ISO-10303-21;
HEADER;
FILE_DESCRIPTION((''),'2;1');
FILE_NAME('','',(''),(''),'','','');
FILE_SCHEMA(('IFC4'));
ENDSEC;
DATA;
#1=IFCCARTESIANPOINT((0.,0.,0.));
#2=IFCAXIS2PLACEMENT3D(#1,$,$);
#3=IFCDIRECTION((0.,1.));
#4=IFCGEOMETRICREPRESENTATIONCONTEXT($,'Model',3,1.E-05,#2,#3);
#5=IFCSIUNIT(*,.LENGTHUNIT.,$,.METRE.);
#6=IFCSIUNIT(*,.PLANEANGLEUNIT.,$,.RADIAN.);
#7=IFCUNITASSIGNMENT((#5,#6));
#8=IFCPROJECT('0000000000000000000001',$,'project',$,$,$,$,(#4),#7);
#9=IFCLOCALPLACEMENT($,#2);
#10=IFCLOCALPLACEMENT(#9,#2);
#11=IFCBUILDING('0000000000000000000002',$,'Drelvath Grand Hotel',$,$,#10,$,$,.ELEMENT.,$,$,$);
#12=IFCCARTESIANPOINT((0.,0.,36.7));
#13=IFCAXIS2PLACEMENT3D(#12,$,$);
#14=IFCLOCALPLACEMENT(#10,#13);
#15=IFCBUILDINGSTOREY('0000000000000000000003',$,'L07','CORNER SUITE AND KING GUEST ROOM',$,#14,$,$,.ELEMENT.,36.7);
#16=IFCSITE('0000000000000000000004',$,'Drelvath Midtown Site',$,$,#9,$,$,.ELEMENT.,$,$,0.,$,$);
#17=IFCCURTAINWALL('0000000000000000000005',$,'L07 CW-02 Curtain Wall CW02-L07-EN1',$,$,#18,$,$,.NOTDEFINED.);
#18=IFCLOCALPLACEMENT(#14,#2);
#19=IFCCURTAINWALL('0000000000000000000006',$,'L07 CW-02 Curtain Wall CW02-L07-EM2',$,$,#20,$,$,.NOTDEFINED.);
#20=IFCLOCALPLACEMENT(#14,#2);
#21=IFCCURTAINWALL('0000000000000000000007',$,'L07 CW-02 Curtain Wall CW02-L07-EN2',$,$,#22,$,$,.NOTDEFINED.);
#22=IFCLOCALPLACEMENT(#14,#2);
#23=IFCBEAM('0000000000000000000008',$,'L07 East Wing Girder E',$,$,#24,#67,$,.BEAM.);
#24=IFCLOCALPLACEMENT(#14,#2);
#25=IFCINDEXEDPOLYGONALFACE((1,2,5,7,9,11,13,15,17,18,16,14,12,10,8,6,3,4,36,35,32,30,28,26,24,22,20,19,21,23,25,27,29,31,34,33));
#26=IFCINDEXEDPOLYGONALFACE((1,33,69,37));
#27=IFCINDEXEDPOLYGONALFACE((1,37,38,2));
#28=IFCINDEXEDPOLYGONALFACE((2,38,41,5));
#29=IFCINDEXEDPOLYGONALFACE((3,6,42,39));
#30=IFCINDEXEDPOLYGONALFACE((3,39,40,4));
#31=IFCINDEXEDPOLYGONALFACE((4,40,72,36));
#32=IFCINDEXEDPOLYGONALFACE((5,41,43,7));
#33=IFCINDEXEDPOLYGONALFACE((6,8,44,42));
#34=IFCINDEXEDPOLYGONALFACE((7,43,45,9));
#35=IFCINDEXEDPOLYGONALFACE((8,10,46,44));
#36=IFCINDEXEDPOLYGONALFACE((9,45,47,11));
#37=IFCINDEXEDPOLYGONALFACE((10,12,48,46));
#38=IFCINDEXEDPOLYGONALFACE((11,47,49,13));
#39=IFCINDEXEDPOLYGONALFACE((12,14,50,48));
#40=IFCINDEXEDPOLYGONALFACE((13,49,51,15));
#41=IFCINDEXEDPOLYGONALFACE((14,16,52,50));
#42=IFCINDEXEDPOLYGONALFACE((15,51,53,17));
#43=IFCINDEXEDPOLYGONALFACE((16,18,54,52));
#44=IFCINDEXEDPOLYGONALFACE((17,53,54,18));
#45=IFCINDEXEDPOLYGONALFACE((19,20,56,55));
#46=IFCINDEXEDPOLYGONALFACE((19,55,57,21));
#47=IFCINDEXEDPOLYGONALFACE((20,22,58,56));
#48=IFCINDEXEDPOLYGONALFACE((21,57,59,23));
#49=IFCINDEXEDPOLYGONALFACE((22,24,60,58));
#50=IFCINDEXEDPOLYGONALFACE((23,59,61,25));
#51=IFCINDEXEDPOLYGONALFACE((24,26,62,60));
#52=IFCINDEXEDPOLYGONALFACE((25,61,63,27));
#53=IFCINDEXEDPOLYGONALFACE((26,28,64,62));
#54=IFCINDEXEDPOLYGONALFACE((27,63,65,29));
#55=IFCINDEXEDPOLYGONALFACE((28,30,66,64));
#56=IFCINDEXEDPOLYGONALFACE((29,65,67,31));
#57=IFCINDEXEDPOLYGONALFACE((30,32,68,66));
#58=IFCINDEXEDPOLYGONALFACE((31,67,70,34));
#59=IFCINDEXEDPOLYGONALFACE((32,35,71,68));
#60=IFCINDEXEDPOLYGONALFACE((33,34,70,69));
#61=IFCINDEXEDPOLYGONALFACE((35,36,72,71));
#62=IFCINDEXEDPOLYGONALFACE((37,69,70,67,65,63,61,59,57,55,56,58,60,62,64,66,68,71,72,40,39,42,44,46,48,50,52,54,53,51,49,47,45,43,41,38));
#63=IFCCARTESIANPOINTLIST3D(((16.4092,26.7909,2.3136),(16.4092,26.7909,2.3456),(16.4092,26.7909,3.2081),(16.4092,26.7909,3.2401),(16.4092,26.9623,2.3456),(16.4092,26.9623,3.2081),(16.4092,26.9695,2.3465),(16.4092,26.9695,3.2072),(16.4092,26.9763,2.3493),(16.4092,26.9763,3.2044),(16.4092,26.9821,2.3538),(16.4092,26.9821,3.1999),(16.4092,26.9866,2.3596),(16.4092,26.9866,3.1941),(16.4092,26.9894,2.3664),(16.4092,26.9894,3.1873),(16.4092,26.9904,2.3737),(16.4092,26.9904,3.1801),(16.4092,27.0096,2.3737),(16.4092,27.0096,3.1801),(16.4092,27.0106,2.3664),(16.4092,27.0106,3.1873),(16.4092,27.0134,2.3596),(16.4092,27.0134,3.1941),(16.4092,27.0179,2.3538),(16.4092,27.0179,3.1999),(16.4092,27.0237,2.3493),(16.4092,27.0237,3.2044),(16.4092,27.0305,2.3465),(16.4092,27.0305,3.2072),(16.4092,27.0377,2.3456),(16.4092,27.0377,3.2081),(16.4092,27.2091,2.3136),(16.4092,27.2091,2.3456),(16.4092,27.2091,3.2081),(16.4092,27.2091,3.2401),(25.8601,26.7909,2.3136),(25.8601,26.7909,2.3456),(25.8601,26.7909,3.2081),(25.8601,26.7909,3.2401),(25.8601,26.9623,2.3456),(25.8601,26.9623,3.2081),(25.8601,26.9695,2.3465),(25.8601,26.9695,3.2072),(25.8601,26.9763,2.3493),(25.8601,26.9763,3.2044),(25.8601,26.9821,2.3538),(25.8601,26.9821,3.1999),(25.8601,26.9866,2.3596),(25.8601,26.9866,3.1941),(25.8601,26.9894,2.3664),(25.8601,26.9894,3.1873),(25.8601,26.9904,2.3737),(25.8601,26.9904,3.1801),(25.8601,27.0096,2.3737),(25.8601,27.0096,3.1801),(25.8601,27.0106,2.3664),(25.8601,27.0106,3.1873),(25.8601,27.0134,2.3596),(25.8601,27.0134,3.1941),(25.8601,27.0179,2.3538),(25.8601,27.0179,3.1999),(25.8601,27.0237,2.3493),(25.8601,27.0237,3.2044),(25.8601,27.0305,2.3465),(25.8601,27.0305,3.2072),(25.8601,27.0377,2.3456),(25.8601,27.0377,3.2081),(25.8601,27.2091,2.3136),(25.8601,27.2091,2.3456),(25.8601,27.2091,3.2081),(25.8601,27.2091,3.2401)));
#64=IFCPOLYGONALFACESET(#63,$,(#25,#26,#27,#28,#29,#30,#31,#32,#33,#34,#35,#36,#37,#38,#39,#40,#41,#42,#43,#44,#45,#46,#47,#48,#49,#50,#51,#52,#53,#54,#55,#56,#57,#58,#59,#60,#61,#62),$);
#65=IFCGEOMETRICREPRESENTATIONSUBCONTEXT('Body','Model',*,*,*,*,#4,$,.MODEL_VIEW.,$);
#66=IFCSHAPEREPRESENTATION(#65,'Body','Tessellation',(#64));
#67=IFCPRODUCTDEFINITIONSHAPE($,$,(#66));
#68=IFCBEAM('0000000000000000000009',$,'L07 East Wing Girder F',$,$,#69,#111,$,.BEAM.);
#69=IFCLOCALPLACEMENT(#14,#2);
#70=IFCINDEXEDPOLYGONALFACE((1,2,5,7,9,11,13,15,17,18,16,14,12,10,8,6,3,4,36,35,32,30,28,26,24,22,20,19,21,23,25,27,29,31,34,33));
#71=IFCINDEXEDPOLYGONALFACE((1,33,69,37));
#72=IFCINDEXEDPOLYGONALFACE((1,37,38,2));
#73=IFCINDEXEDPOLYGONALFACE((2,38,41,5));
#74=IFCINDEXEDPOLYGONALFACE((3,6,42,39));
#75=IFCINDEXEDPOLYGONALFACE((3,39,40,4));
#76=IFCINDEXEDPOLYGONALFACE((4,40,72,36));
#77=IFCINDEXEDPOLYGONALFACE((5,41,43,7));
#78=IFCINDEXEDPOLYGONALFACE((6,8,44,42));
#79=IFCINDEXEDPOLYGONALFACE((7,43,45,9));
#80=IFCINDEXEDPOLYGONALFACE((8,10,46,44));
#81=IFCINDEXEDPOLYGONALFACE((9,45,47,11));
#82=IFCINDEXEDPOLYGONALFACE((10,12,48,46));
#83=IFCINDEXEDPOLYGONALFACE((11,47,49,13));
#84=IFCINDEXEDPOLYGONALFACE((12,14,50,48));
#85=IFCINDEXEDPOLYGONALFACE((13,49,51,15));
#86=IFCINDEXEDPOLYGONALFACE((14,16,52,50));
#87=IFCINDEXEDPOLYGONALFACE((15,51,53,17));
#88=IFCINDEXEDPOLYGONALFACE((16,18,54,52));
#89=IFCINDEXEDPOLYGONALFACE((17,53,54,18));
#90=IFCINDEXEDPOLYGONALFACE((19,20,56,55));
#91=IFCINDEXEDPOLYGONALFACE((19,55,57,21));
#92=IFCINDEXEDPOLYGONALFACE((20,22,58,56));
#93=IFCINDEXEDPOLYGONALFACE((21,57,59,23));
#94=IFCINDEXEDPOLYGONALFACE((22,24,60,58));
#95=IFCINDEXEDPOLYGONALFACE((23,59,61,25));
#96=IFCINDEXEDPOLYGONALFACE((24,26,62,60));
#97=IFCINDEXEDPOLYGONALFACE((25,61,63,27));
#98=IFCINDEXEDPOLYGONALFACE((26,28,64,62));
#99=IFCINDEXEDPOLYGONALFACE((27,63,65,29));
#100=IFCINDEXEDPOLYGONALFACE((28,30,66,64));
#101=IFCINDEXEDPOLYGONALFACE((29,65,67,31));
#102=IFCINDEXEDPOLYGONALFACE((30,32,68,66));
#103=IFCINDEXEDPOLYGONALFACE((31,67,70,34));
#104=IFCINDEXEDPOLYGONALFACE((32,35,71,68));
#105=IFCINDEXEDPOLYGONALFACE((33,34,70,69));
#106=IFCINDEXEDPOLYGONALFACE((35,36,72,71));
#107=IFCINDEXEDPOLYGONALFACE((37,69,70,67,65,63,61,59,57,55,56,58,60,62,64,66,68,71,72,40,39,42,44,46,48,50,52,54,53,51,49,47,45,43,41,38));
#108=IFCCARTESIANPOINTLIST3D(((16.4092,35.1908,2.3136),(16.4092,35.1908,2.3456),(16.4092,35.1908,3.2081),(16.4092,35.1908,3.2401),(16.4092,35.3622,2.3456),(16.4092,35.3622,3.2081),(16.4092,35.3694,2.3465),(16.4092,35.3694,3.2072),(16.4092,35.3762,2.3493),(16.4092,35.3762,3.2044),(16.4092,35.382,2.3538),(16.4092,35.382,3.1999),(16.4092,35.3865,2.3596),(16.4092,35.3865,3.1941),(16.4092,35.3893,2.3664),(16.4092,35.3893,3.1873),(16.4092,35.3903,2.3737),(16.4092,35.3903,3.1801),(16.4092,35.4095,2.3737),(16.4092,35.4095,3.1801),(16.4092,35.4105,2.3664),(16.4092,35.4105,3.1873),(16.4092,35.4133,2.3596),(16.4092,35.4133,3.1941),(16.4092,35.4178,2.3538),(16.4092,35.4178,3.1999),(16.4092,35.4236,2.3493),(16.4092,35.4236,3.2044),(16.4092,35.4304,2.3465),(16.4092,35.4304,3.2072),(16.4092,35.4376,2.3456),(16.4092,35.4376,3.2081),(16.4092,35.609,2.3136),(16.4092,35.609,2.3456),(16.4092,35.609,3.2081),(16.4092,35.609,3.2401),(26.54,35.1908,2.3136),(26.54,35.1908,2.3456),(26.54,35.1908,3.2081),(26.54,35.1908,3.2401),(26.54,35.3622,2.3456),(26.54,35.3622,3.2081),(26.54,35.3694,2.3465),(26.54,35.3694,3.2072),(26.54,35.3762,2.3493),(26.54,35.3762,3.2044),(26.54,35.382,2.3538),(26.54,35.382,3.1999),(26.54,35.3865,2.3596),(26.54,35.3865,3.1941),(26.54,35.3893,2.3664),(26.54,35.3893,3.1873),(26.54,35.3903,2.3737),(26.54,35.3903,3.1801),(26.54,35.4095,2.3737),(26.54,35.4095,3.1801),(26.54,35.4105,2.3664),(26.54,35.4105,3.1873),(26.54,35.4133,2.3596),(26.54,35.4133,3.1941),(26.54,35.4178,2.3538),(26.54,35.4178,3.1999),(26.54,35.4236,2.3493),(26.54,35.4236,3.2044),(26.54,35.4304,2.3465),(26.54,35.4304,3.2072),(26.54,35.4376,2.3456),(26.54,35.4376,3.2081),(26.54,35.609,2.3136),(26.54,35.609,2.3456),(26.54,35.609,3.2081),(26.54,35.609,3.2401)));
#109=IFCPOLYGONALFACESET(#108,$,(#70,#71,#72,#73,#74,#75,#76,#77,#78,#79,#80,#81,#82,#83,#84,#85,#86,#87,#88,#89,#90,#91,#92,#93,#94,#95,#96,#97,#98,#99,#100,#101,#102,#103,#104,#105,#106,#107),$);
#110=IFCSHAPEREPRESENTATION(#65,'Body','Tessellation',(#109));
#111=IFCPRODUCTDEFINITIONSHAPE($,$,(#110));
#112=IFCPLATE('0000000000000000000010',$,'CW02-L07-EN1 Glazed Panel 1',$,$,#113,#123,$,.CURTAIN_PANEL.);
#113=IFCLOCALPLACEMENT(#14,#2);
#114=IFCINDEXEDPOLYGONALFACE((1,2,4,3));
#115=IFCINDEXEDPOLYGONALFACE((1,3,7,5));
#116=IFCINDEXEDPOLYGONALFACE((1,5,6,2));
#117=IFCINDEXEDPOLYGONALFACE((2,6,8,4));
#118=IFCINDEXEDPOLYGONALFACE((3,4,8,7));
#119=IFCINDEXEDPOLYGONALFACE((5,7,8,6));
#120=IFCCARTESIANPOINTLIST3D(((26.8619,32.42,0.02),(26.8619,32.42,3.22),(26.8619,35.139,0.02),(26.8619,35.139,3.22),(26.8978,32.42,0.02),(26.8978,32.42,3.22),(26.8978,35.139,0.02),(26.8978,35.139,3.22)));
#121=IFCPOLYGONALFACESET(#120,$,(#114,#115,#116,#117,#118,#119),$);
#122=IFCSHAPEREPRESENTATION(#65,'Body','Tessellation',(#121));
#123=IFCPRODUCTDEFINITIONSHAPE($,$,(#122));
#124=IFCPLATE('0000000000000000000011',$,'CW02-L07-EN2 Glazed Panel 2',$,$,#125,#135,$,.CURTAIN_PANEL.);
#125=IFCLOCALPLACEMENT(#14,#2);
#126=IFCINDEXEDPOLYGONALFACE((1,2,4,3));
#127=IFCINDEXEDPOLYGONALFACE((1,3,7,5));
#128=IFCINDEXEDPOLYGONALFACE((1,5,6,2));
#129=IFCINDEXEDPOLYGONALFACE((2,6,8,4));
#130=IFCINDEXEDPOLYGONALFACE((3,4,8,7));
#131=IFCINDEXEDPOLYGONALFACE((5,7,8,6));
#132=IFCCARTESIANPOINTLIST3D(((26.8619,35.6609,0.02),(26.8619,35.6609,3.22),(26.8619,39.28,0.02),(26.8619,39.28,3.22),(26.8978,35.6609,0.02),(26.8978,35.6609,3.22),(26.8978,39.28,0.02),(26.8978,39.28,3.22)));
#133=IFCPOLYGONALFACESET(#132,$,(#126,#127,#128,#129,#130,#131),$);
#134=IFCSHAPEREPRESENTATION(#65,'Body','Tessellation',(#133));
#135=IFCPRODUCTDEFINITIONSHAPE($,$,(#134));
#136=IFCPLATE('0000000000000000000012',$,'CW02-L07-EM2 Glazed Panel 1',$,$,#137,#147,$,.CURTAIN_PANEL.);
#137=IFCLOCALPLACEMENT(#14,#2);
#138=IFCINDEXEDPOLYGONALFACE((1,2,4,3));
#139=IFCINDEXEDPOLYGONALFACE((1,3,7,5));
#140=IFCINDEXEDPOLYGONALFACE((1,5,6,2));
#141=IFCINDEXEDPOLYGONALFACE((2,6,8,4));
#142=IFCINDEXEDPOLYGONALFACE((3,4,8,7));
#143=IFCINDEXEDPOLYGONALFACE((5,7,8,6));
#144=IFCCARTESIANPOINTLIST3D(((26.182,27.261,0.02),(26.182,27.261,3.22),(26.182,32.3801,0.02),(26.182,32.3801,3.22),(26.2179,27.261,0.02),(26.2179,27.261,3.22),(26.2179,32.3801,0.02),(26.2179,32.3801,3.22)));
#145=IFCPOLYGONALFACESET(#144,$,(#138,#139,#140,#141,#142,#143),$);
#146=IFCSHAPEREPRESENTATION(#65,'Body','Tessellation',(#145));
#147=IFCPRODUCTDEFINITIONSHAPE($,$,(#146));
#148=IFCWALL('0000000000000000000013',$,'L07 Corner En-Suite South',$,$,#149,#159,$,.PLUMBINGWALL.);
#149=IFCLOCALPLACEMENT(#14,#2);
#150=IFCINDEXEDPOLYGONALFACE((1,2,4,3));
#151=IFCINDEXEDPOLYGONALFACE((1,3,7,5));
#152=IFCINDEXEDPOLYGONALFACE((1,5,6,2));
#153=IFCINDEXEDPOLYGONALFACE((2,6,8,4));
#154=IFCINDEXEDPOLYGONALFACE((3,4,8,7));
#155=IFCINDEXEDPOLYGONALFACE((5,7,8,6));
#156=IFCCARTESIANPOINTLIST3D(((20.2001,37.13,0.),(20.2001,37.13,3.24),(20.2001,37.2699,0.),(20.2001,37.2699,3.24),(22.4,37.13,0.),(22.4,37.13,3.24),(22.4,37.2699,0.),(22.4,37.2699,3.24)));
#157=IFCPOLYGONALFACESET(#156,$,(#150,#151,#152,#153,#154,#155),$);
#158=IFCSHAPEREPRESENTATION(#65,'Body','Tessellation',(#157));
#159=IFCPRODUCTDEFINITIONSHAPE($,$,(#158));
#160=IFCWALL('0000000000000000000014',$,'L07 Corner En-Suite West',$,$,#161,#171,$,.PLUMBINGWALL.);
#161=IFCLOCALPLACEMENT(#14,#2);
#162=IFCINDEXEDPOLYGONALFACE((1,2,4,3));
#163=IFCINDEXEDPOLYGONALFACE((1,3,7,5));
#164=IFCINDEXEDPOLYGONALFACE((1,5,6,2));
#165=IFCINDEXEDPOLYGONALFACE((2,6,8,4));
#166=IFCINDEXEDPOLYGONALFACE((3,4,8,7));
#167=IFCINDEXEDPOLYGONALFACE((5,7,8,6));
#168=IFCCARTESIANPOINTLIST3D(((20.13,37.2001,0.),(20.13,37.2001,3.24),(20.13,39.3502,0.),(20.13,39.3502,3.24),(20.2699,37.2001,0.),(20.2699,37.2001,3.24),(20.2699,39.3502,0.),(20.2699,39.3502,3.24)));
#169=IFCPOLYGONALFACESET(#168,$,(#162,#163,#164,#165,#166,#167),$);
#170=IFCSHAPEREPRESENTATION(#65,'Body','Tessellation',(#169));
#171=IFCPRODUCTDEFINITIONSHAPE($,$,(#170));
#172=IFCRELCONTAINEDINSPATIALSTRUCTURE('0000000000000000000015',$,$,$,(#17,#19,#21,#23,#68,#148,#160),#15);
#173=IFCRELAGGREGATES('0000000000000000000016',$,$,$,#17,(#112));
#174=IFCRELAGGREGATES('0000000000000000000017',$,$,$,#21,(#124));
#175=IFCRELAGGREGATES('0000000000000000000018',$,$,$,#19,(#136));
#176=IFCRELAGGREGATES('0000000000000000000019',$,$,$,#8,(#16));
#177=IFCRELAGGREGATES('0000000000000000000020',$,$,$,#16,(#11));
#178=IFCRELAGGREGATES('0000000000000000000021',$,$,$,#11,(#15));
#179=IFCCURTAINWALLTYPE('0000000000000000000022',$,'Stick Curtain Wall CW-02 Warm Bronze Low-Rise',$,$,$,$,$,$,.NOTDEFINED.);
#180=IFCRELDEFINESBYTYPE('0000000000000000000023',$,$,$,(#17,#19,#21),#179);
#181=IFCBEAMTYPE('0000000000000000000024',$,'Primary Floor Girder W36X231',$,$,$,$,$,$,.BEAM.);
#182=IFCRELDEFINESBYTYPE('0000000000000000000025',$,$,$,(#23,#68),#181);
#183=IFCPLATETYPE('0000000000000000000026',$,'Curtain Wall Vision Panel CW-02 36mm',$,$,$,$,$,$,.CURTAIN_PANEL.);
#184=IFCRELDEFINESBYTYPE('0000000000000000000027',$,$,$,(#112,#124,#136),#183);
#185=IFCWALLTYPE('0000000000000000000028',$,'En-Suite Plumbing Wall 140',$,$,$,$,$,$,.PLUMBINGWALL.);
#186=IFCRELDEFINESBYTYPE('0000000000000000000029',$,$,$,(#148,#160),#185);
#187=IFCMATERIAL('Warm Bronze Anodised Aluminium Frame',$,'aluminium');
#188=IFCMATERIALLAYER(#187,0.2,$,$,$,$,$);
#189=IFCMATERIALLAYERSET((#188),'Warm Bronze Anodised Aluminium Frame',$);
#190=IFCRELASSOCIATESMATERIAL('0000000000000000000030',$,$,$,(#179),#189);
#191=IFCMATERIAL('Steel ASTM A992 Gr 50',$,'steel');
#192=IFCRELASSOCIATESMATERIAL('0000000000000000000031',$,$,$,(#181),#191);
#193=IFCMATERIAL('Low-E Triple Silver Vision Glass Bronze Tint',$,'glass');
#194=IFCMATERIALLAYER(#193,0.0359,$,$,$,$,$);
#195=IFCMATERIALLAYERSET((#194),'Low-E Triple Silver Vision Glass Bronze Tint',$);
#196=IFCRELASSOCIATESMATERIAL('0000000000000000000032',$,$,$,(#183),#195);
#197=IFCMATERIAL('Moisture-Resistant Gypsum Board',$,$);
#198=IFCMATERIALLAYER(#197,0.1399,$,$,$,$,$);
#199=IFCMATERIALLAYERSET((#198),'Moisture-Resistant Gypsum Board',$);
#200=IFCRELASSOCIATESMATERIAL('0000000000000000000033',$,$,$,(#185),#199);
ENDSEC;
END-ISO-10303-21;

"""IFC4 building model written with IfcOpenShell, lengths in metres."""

from ifc_helpers import new_model, si_unit, direction, frame, frame_2d, origin, origin_2d, place, context, subcontext, project, spatial, rectangle, i_section, extrude, material, layer, layer_set, material_profile, profile_set, type_object, element, aggregate, save


model = new_model("IFC4")

# Units and contexts
model_context = context("Model", 3, precision=1e-05, world=origin(), true_north=direction((0.0, 1.0)))
body_context = subcontext(model_context, "Body", "Model", "MODEL_VIEW")
ifc_project = project(units=[si_unit("LENGTHUNIT", "METRE"), si_unit("PLANEANGLEUNIT", "RADIAN")], contexts=[model_context])

# Site, building, storey
site_placement = place(None, origin())
site = spatial("IfcSite", under=ifc_project, at=site_placement, Name="Drelvath Midtown Site", CompositionType="ELEMENT", RefElevation=0.0)
building_placement = place(site_placement, origin())
building = spatial("IfcBuilding", under=site, at=building_placement, Name="Drelvath Grand Hotel", CompositionType="ELEMENT")
storey_placement = place(building_placement, frame((0.0, 0.0, 36.7)))
storey = spatial("IfcBuildingStorey", under=building, at=storey_placement, Name="L07", Description="CORNER SUITE AND KING GUEST ROOM", CompositionType="ELEMENT", Elevation=36.7)

# Curtain walls
ifc_material_1 = material(Name="Warm Bronze Anodised Aluminium Frame", Category="aluminium")
ifc_layer_1 = layer(ifc_material_1, 0.2)
ifc_layer_set_1 = layer_set([ifc_layer_1], Name="Warm Bronze Anodised Aluminium Frame")
curtain_wall_type = type_object("IfcCurtainWallType", Name="Stick Curtain Wall CW-02 Warm Bronze Low-Rise", PredefinedType="NOTDEFINED", material=ifc_layer_set_1)
curtain_wall_1_placement = place(storey_placement, origin())
curtain_wall_1 = element("IfcCurtainWall", 1, at=curtain_wall_1_placement, inside=storey, type_object=curtain_wall_type, Name="L07 CW-02 Curtain Wall CW02-L07-EN1", PredefinedType="NOTDEFINED")
curtain_wall_2_placement = place(storey_placement, origin())
curtain_wall_2 = element("IfcCurtainWall", 2, at=curtain_wall_2_placement, inside=storey, type_object=curtain_wall_type, Name="L07 CW-02 Curtain Wall CW02-L07-EM2", PredefinedType="NOTDEFINED")

# Curtain wall
curtain_wall_3_placement = place(storey_placement, origin())
curtain_wall_3 = element("IfcCurtainWall", 3, at=curtain_wall_3_placement, inside=storey, type_object=curtain_wall_type, Name="L07 CW-02 Curtain Wall CW02-L07-EN2", PredefinedType="NOTDEFINED")

# Beams
ifc_material_2 = material(Name="Steel ASTM A992 Gr 50", Category="steel")
ifc_material_profile_1 = material_profile(ifc_material_2, i_section(OverallWidth=0.4182, OverallDepth=0.9265, WebThickness=0.0193, FlangeThickness=0.032, FilletRadius=0.0281, at=origin_2d()), Name="W36X231")
ifc_profile_set_1 = profile_set([ifc_material_profile_1], Name="Steel ASTM A992 Gr 50")
beam_type_1 = type_object("IfcBeamType", Name="Primary Floor Girder W36X231", PredefinedType="BEAM", material=ifc_profile_set_1)
beam_1_placement = place(storey_placement, frame((16.4092, 27.0, 2.7769), z_axis=(1.0, 0.0, 0.0), x_axis=(0.0, 1.0, 0.0)))
element("IfcBeam", 4, at=beam_1_placement, inside=storey, type_object=beam_type_1, Name="L07 East Wing Girder E", PredefinedType="BEAM", context=body_context, shape_type="SweptSolid", body=[
    extrude(i_section(OverallWidth=0.4182, OverallDepth=0.9265, WebThickness=0.0193, FlangeThickness=0.032, FilletRadius=0.0281, at=origin_2d()), origin(), (0.0, 0.0, 1.0), 9.4509),
])
beam_2_placement = place(storey_placement, frame((16.4092, 35.3999, 2.7769), z_axis=(1.0, 0.0, 0.0), x_axis=(0.0, 1.0, 0.0)))
element("IfcBeam", 5, at=beam_2_placement, inside=storey, type_object=beam_type_1, Name="L07 East Wing Girder F", PredefinedType="BEAM", context=body_context, shape_type="SweptSolid", body=[
    extrude(i_section(OverallWidth=0.4182, OverallDepth=0.9265, WebThickness=0.0193, FlangeThickness=0.032, FilletRadius=0.0281, at=origin_2d()), origin(), (0.0, 0.0, 1.0), 10.1309),
])

# Plates
ifc_material_3 = material(Name="Low-E Triple Silver Vision Glass Bronze Tint", Category="glass")
ifc_layer_2 = layer(ifc_material_3, 0.0359)
ifc_layer_set_2 = layer_set([ifc_layer_2], Name="Low-E Triple Silver Vision Glass Bronze Tint")
plate_type = type_object("IfcPlateType", Name="Curtain Wall Vision Panel CW-02 36mm", PredefinedType="CURTAIN_PANEL", material=ifc_layer_set_2)
plate_1_placement = place(storey_placement, frame((26.8799, 33.7795, 0.02), z_axis=(0.0, 0.0, 1.0), x_axis=(0.0, -1.0, 0.0)))
plate_1 = element("IfcPlate", 6, at=plate_1_placement, type_object=plate_type, Name="CW02-L07-EN1 Glazed Panel 1", PredefinedType="CURTAIN_PANEL", context=body_context, shape_type="SweptSolid", body=[
    extrude(rectangle(XDim=2.719, YDim=0.0359, at=origin_2d()), origin(), (0.0, 0.0, 1.0), 3.2),
])
aggregate(curtain_wall_1, [plate_1])
plate_2_placement = place(storey_placement, frame((26.8799, 37.4705, 0.02), z_axis=(0.0, 0.0, 1.0), x_axis=(0.0, -1.0, 0.0)))
plate_2 = element("IfcPlate", 7, at=plate_2_placement, type_object=plate_type, Name="CW02-L07-EN2 Glazed Panel 2", PredefinedType="CURTAIN_PANEL", context=body_context, shape_type="SweptSolid", body=[
    extrude(rectangle(XDim=3.6191, YDim=0.0359, at=origin_2d()), origin(), (0.0, 0.0, 1.0), 3.2),
])
aggregate(curtain_wall_3, [plate_2])
plate_3_placement = place(storey_placement, frame((26.2, 29.8206, 0.02), z_axis=(0.0, 0.0, 1.0), x_axis=(0.0, -1.0, 0.0)))
plate_3 = element("IfcPlate", 8, at=plate_3_placement, type_object=plate_type, Name="CW02-L07-EM2 Glazed Panel 1", PredefinedType="CURTAIN_PANEL", context=body_context, shape_type="SweptSolid", body=[
    extrude(rectangle(XDim=5.1191, YDim=0.0359, at=origin_2d()), origin(), (0.0, 0.0, 1.0), 3.2),
])
aggregate(curtain_wall_2, [plate_3])

# Walls
ifc_material_4 = material(Name="Moisture-Resistant Gypsum Board")
ifc_layer_3 = layer(ifc_material_4, 0.1399)
ifc_layer_set_3 = layer_set([ifc_layer_3], Name="Moisture-Resistant Gypsum Board")
wall_type_1 = type_object("IfcWallType", Name="En-Suite Plumbing Wall 140", PredefinedType="PLUMBINGWALL", material=ifc_layer_set_3)
wall_1_placement = place(storey_placement, frame((20.2, 37.2, 0.0), z_axis=(0.0, 0.0, 1.0), x_axis=(1.0, 0.0, 0.0)))
element("IfcWall", 9, at=wall_1_placement, inside=storey, type_object=wall_type_1, Name="L07 Corner En-Suite South", PredefinedType="PLUMBINGWALL", context=body_context, shape_type="SweptSolid", body=[
    extrude(rectangle(XDim=2.2, YDim=0.1399, at=frame_2d((1.1001, 0.0))), origin(), (0.0, 0.0, 1.0), 3.24),
])
wall_2_placement = place(storey_placement, frame((20.2, 37.2, 0.0), z_axis=(0.0, 0.0, 1.0), x_axis=(0.0, 1.0, 0.0)))
element("IfcWall", 10, at=wall_2_placement, inside=storey, type_object=wall_type_1, Name="L07 Corner En-Suite West", PredefinedType="PLUMBINGWALL", context=body_context, shape_type="SweptSolid", body=[
    extrude(rectangle(XDim=2.1501, YDim=0.1399, at=frame_2d((1.0752, 0.0))), origin(), (0.0, 0.0, 1.0), 3.24),
])

save(model, "model.ifc")
